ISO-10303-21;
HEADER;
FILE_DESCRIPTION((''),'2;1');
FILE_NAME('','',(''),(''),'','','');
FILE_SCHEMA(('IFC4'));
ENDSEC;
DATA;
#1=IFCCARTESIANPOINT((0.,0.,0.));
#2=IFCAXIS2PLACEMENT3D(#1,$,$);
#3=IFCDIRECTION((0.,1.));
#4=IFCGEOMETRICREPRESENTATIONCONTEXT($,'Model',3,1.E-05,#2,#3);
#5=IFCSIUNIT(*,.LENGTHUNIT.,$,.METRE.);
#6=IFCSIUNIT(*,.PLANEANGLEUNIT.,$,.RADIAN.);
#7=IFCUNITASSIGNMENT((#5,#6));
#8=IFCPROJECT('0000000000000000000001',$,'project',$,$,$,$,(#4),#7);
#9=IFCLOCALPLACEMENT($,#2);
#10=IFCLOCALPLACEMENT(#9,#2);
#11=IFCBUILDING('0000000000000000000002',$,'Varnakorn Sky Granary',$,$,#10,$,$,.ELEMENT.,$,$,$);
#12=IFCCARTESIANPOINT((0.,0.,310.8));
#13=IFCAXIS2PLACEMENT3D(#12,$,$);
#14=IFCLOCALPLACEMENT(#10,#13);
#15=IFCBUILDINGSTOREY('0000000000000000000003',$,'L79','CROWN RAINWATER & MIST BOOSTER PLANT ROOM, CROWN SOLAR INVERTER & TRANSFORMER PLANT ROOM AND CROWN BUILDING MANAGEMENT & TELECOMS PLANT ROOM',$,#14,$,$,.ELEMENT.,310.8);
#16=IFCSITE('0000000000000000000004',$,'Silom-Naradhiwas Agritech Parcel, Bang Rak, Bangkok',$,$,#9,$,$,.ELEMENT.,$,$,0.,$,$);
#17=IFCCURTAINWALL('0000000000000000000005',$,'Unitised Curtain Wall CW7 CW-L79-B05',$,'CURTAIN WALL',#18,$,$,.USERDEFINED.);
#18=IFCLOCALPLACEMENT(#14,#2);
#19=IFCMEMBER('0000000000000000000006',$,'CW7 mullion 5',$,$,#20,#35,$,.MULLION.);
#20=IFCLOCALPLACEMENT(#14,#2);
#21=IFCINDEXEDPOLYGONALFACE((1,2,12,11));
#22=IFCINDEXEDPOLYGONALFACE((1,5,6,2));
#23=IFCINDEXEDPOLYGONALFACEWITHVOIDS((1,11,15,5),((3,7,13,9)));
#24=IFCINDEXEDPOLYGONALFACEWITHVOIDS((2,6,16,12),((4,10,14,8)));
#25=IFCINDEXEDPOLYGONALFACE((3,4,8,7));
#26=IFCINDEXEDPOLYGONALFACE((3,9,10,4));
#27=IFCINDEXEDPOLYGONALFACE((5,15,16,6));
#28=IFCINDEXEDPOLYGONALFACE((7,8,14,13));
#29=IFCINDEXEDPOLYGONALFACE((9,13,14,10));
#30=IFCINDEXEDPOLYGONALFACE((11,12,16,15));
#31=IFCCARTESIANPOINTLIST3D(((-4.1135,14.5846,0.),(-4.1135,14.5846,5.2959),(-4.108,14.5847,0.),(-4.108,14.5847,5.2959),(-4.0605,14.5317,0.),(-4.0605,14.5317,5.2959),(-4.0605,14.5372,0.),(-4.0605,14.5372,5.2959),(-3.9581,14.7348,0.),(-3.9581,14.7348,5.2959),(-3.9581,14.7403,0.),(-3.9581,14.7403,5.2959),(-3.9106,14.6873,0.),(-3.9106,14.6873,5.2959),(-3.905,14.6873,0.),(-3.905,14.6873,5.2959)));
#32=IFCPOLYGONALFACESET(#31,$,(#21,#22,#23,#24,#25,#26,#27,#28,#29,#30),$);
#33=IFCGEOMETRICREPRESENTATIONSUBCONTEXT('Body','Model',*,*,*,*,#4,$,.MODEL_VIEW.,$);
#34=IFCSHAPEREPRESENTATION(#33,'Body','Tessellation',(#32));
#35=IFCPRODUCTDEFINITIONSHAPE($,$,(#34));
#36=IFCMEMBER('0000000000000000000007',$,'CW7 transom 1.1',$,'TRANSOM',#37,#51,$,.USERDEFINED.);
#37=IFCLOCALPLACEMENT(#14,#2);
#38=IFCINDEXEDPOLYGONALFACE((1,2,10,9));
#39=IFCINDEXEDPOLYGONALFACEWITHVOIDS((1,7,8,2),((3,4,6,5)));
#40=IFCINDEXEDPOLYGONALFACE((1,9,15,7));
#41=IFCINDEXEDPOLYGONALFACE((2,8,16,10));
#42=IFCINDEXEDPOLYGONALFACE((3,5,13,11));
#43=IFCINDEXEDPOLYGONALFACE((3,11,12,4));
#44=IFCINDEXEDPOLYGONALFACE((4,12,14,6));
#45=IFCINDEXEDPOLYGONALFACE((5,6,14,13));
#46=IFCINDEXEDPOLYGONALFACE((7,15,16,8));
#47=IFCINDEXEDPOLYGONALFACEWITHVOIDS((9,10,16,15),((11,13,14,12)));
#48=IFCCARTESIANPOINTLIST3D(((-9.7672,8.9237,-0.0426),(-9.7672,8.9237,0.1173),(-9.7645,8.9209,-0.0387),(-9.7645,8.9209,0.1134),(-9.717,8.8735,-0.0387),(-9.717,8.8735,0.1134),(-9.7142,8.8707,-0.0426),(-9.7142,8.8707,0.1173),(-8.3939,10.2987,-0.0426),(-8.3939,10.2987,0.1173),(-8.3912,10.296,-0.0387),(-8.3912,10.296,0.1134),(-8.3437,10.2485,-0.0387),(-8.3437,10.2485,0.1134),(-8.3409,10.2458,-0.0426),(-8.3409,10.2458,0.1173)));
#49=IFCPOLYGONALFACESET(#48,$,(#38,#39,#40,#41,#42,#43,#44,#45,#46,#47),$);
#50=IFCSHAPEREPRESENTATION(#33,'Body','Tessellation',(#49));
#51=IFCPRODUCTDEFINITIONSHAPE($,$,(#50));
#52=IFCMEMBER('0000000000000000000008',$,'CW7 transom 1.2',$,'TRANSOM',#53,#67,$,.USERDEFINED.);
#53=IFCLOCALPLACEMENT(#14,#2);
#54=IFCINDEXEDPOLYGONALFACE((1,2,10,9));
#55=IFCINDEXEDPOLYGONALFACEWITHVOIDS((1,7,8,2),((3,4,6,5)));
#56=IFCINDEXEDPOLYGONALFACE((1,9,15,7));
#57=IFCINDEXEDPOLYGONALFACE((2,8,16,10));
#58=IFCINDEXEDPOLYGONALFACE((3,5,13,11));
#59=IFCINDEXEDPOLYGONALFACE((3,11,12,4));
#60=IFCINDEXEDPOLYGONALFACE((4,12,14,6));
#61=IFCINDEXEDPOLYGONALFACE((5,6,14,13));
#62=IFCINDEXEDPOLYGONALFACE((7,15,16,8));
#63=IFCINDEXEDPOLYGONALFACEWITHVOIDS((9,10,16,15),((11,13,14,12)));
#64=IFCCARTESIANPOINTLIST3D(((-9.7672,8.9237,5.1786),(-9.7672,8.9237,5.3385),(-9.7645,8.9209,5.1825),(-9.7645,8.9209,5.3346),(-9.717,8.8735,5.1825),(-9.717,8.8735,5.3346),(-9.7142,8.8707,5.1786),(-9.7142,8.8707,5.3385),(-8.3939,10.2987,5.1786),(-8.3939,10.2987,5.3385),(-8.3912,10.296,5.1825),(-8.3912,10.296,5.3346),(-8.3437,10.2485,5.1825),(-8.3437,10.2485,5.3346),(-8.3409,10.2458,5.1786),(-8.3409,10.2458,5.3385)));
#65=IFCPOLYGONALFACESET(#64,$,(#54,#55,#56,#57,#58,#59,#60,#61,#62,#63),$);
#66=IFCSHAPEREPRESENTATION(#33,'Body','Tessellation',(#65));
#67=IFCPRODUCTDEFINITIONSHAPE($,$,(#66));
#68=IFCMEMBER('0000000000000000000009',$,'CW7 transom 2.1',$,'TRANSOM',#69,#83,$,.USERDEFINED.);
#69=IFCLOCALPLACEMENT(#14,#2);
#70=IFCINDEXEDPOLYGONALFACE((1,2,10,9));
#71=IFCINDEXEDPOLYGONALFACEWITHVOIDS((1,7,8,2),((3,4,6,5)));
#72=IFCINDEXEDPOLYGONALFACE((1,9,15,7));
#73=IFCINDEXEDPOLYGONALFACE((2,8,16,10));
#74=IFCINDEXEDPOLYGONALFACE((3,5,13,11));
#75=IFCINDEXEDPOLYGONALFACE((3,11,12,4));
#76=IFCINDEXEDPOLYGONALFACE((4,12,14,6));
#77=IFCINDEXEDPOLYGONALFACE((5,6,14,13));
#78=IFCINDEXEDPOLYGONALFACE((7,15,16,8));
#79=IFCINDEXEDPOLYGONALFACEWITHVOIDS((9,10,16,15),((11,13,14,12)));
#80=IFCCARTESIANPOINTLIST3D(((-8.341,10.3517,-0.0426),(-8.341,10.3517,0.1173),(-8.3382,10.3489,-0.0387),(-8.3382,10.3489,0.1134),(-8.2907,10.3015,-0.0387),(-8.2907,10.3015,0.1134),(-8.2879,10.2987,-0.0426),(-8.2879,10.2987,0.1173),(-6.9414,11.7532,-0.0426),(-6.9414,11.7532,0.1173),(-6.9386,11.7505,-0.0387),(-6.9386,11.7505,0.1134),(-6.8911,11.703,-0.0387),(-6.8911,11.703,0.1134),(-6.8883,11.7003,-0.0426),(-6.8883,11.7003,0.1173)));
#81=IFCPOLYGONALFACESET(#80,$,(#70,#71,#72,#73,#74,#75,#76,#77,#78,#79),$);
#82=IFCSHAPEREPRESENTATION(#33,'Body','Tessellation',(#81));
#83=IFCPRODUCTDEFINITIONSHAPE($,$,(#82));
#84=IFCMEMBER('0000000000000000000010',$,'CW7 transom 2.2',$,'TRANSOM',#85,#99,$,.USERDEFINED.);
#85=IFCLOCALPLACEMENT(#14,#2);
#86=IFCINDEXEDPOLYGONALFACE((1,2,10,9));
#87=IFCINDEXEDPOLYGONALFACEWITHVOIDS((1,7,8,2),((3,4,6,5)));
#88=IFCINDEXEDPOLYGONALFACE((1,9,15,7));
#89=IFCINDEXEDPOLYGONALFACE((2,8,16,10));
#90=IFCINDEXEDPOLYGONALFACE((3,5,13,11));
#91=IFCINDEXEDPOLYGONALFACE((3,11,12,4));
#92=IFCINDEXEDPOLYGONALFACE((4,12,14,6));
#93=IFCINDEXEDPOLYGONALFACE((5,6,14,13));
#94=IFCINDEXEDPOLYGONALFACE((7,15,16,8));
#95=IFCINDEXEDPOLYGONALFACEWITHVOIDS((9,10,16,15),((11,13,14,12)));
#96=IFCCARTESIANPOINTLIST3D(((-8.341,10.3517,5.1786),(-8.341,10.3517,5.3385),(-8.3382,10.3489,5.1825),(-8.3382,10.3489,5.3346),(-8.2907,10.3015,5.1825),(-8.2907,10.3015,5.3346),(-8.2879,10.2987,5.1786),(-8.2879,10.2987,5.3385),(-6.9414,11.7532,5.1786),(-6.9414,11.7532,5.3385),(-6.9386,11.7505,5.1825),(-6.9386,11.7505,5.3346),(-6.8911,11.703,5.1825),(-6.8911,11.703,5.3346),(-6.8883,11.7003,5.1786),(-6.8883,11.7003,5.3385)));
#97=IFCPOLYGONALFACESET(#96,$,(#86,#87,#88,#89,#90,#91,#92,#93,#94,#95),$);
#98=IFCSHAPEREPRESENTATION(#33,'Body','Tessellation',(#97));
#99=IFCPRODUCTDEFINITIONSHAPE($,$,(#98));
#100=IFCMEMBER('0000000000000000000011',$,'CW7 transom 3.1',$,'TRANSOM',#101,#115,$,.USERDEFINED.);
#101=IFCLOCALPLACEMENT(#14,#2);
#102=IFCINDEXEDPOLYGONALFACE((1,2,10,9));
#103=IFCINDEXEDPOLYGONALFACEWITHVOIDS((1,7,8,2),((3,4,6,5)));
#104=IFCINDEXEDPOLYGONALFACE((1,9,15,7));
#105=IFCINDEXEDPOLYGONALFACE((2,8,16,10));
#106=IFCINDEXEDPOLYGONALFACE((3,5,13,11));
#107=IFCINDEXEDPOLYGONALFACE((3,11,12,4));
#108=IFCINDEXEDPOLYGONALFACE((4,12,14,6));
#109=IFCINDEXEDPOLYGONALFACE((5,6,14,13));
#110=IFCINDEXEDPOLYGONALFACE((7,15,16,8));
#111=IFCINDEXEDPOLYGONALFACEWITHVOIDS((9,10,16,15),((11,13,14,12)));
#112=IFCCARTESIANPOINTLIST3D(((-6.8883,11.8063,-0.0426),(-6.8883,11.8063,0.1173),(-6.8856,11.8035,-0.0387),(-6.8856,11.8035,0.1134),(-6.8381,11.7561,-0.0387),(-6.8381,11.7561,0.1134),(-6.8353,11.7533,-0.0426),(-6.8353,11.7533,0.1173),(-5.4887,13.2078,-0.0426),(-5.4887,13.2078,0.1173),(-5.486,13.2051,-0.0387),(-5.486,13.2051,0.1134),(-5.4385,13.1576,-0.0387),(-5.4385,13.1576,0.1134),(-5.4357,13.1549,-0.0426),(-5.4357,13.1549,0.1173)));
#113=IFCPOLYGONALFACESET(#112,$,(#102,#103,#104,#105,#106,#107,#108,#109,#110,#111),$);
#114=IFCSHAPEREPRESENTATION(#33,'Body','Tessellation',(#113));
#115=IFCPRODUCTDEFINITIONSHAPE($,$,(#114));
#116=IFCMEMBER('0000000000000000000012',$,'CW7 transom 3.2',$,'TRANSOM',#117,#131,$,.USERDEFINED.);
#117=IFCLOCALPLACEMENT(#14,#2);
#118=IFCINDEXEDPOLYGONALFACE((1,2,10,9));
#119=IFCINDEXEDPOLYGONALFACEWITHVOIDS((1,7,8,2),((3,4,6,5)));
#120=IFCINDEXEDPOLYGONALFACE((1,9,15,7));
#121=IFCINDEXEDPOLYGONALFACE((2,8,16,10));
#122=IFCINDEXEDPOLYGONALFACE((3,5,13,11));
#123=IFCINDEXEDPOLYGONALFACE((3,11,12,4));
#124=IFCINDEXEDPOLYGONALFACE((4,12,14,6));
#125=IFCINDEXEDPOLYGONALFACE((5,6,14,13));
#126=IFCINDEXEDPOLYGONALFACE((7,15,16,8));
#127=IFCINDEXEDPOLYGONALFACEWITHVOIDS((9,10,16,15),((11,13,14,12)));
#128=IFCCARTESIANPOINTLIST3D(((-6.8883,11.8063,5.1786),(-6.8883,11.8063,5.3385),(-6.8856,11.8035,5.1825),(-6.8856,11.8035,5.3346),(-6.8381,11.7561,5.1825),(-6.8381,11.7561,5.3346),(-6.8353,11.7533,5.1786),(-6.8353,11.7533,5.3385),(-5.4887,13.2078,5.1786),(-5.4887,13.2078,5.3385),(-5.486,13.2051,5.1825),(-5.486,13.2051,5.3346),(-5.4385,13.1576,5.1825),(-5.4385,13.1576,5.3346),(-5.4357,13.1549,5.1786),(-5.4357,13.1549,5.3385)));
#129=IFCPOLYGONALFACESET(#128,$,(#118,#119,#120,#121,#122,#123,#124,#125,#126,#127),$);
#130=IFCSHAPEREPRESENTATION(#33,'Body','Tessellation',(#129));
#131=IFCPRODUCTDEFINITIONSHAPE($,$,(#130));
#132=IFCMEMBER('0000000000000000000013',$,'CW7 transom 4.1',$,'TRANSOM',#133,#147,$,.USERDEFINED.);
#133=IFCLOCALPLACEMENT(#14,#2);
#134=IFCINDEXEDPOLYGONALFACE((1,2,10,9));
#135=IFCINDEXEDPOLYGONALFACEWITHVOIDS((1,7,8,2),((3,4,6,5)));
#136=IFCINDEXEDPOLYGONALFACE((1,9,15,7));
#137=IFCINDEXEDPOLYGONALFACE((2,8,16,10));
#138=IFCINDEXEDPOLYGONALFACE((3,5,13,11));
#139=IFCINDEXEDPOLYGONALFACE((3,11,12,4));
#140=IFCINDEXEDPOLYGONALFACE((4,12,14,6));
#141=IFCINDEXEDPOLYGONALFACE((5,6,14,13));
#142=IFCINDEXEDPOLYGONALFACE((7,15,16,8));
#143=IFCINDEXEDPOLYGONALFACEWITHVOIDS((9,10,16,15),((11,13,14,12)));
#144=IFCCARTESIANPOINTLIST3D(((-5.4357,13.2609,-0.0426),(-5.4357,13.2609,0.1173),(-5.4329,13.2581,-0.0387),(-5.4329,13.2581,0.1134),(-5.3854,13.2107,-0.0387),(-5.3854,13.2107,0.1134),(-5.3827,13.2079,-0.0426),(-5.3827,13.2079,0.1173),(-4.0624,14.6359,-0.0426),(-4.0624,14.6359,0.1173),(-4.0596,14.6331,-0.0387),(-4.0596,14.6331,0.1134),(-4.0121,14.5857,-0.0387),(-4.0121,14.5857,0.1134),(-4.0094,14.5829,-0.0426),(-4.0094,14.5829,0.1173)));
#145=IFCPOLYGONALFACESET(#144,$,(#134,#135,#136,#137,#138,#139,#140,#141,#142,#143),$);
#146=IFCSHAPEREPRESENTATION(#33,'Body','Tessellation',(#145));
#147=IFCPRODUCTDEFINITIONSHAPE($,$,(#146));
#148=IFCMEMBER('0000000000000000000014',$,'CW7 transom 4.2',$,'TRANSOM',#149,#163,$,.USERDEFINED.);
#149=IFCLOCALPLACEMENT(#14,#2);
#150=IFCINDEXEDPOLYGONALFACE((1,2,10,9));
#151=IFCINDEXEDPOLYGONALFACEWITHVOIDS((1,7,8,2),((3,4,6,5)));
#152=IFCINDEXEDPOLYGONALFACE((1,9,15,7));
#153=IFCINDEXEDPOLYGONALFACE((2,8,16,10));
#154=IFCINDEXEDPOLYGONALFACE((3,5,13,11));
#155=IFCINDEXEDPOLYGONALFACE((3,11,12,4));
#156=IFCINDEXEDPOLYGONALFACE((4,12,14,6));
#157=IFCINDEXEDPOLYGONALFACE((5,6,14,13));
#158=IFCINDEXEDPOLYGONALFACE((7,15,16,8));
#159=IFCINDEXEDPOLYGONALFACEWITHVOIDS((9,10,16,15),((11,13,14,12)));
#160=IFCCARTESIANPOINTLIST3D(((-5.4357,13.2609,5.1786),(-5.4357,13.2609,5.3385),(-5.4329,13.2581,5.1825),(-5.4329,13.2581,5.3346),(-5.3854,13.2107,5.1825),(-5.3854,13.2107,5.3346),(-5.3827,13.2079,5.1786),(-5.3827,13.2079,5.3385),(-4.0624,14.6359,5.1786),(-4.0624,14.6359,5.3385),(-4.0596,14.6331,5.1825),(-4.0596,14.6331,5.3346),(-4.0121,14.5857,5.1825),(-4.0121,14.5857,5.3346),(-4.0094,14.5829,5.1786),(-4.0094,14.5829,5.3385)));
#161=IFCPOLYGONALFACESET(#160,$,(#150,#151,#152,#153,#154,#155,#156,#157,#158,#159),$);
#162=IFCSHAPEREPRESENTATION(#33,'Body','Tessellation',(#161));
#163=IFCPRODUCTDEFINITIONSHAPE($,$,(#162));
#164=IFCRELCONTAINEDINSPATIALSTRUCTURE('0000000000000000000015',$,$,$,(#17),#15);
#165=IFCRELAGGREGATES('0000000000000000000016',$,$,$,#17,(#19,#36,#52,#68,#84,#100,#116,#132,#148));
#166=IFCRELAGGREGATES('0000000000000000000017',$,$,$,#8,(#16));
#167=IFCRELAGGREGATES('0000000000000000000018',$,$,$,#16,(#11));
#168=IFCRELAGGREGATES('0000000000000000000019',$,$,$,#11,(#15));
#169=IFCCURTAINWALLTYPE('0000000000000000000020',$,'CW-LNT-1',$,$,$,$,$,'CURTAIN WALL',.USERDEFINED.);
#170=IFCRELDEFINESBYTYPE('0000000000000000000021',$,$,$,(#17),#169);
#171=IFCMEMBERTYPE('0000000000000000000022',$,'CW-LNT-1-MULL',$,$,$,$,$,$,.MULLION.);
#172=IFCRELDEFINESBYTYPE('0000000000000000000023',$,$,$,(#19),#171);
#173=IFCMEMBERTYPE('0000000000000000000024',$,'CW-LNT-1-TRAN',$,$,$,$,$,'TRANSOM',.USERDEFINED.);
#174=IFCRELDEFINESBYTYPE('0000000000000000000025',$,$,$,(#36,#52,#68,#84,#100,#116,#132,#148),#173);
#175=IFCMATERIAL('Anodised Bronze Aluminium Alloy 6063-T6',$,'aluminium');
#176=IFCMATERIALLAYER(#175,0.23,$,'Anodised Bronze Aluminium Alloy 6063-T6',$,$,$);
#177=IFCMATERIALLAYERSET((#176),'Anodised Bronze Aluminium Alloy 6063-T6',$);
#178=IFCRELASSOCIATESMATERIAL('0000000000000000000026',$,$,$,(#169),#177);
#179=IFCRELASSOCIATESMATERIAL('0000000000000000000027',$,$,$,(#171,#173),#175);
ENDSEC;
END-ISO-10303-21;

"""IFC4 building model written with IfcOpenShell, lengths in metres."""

from ifc_helpers import new_model, si_unit, direction, frame, origin, origin_2d, place, context, subcontext, project, spatial, hollow_rectangle, extrude, material, layer, layer_set, material_profile, profile_set, type_object, element, aggregate, save


model = new_model("IFC4")

# Units and contexts
model_context = context("Model", 3, precision=1e-05, world=origin(), true_north=direction((0.0, 1.0)))
body_context = subcontext(model_context, "Body", "Model", "MODEL_VIEW")
ifc_project = project(units=[si_unit("LENGTHUNIT", "METRE"), si_unit("PLANEANGLEUNIT", "RADIAN")], contexts=[model_context])

# Site, building, storey
site_placement = place(None, origin())
site = spatial("IfcSite", under=ifc_project, at=site_placement, Name="Silom-Naradhiwas Agritech Parcel, Bang Rak, Bangkok", CompositionType="ELEMENT", RefElevation=0.0)
building_placement = place(site_placement, origin())
building = spatial("IfcBuilding", under=site, at=building_placement, Name="Varnakorn Sky Granary", CompositionType="ELEMENT")
storey_placement = place(building_placement, frame((0.0, 0.0, 310.8)))
storey = spatial("IfcBuildingStorey", under=building, at=storey_placement, Name="L79", Description="CROWN RAINWATER & MIST BOOSTER PLANT ROOM, CROWN SOLAR INVERTER & TRANSFORMER PLANT ROOM AND CROWN BUILDING MANAGEMENT & TELECOMS PLANT ROOM", CompositionType="ELEMENT", Elevation=310.8)

# Shared definitions
ifc_material_1 = material(Name="Anodised Bronze Aluminium Alloy 6063-T6", Category="aluminium")
ifc_layer_1 = layer(ifc_material_1, 0.23, Name="Anodised Bronze Aluminium Alloy 6063-T6")
ifc_layer_set_1 = layer_set([ifc_layer_1], Name="Anodised Bronze Aluminium Alloy 6063-T6")
curtain_wall_type = type_object("IfcCurtainWallType", Name="CW-LNT-1", ElementType="CURTAIN WALL", PredefinedType="USERDEFINED", material=ifc_layer_set_1)
ifc_material_profile_1 = material_profile(ifc_material_1, hollow_rectangle(XDim=0.075, YDim=0.22, WallThickness=0.0039, at=origin_2d()), Name="ALU MULL 75x220")
ifc_profile_set_1 = profile_set([ifc_material_profile_1], Name="Anodised Bronze Aluminium Alloy 6063-T6")
member_type_1 = type_object("IfcMemberType", Name="CW-LNT-1-MULL", PredefinedType="MULLION", material=ifc_profile_set_1)

# Curtain wall, members
curtain_wall_1_placement = place(storey_placement, origin())
curtain_wall_1 = element("IfcCurtainWall", 1, at=curtain_wall_1_placement, inside=storey, type_object=curtain_wall_type, Name="Unitised Curtain Wall CW7 CW-L79-B05", ObjectType="CURTAIN WALL", PredefinedType="USERDEFINED")
member_1_placement = place(storey_placement, frame((-4.0093, 14.636, 0.0), z_axis=(0.0, 0.0, 1.0), x_axis=(-0.707563, 0.706651, 0.0)))
member_1 = element("IfcMember", 2, at=member_1_placement, type_object=member_type_1, Name="CW7 mullion 5", PredefinedType="MULLION", context=body_context, shape_type="SweptSolid", body=[
    extrude(hollow_rectangle(XDim=0.075, YDim=0.22, WallThickness=0.0039, at=origin_2d()), origin(), (0.0, 0.0, 1.0), 5.2959),
])
ifc_material_profile_2 = material_profile(ifc_material_1, hollow_rectangle(XDim=0.075, YDim=0.1599, WallThickness=0.0039, at=origin_2d()), Name="ALU TRAN 75x160")
ifc_profile_set_2 = profile_set([ifc_material_profile_2], Name="Anodised Bronze Aluminium Alloy 6063-T6")
member_type_2 = type_object("IfcMemberType", Name="CW-LNT-1-TRAN", ElementType="TRANSOM", PredefinedType="USERDEFINED", material=ifc_profile_set_2)
member_2_placement = place(storey_placement, frame((-9.7407, 8.8972, 0.0374), z_axis=(0.706667, 0.707546, 0.0), x_axis=(-0.707546, 0.706667, 0.0)))
member_2 = element("IfcMember", 3, at=member_2_placement, type_object=member_type_2, Name="CW7 transom 1.1", ObjectType="TRANSOM", PredefinedType="USERDEFINED", context=body_context, shape_type="SweptSolid", body=[
    extrude(hollow_rectangle(XDim=0.075, YDim=0.1599, WallThickness=0.0039, at=origin_2d()), origin(), (0.0, 0.0, 1.0), 1.9434),
])
member_3_placement = place(storey_placement, frame((-9.7407, 8.8972, 5.2585), z_axis=(0.706667, 0.707546, 0.0), x_axis=(-0.707546, 0.706667, 0.0)))
member_3 = element("IfcMember", 4, at=member_3_placement, type_object=member_type_2, Name="CW7 transom 1.2", ObjectType="TRANSOM", PredefinedType="USERDEFINED", context=body_context, shape_type="SweptSolid", body=[
    extrude(hollow_rectangle(XDim=0.075, YDim=0.1599, WallThickness=0.0039, at=origin_2d()), origin(), (0.0, 0.0, 1.0), 1.9434),
])
member_4_placement = place(storey_placement, frame((-8.3145, 10.3252, 0.0374), z_axis=(0.706614, 0.7076, 0.0), x_axis=(-0.7076, 0.706614, 0.0)))
member_4 = element("IfcMember", 5, at=member_4_placement, type_object=member_type_2, Name="CW7 transom 2.1", ObjectType="TRANSOM", PredefinedType="USERDEFINED", context=body_context, shape_type="SweptSolid", body=[
    extrude(hollow_rectangle(XDim=0.075, YDim=0.1599, WallThickness=0.0039, at=origin_2d()), origin(), (0.0, 0.0, 1.0), 1.9807),
])
member_5_placement = place(storey_placement, frame((-8.3145, 10.3252, 5.2585), z_axis=(0.706614, 0.7076, 0.0), x_axis=(-0.7076, 0.706614, 0.0)))
member_5 = element("IfcMember", 6, at=member_5_placement, type_object=member_type_2, Name="CW7 transom 2.2", ObjectType="TRANSOM", PredefinedType="USERDEFINED", context=body_context, shape_type="SweptSolid", body=[
    extrude(hollow_rectangle(XDim=0.075, YDim=0.1599, WallThickness=0.0039, at=origin_2d()), origin(), (0.0, 0.0, 1.0), 1.9807),
])
member_6_placement = place(storey_placement, frame((-6.8618, 11.7798, 0.0374), z_axis=(0.706614, 0.7076, 0.0), x_axis=(-0.7076, 0.706614, 0.0)))
member_6 = element("IfcMember", 7, at=member_6_placement, type_object=member_type_2, Name="CW7 transom 3.1", ObjectType="TRANSOM", PredefinedType="USERDEFINED", context=body_context, shape_type="SweptSolid", body=[
    extrude(hollow_rectangle(XDim=0.075, YDim=0.1599, WallThickness=0.0039, at=origin_2d()), origin(), (0.0, 0.0, 1.0), 1.9807),
])
member_7_placement = place(storey_placement, frame((-6.8618, 11.7798, 5.2585), z_axis=(0.706614, 0.7076, 0.0), x_axis=(-0.7076, 0.706614, 0.0)))
member_7 = element("IfcMember", 8, at=member_7_placement, type_object=member_type_2, Name="CW7 transom 3.2", ObjectType="TRANSOM", PredefinedType="USERDEFINED", context=body_context, shape_type="SweptSolid", body=[
    extrude(hollow_rectangle(XDim=0.075, YDim=0.1599, WallThickness=0.0039, at=origin_2d()), origin(), (0.0, 0.0, 1.0), 1.9807),
])
member_8_placement = place(storey_placement, frame((-5.4092, 13.2344, 0.0374), z_axis=(0.706667, 0.707546, 0.0), x_axis=(-0.707546, 0.706667, 0.0)))
member_8 = element("IfcMember", 9, at=member_8_placement, type_object=member_type_2, Name="CW7 transom 4.1", ObjectType="TRANSOM", PredefinedType="USERDEFINED", context=body_context, shape_type="SweptSolid", body=[
    extrude(hollow_rectangle(XDim=0.075, YDim=0.1599, WallThickness=0.0039, at=origin_2d()), origin(), (0.0, 0.0, 1.0), 1.9434),
])
member_9_placement = place(storey_placement, frame((-5.4092, 13.2344, 5.2585), z_axis=(0.706667, 0.707546, 0.0), x_axis=(-0.707546, 0.706667, 0.0)))
member_9 = element("IfcMember", 10, at=member_9_placement, type_object=member_type_2, Name="CW7 transom 4.2", ObjectType="TRANSOM", PredefinedType="USERDEFINED", context=body_context, shape_type="SweptSolid", body=[
    extrude(hollow_rectangle(XDim=0.075, YDim=0.1599, WallThickness=0.0039, at=origin_2d()), origin(), (0.0, 0.0, 1.0), 1.9434),
])

aggregate(curtain_wall_1, [member_1, member_2, member_3, member_4, member_5, member_6, member_7, member_8, member_9])

save(model, "model.ifc")
